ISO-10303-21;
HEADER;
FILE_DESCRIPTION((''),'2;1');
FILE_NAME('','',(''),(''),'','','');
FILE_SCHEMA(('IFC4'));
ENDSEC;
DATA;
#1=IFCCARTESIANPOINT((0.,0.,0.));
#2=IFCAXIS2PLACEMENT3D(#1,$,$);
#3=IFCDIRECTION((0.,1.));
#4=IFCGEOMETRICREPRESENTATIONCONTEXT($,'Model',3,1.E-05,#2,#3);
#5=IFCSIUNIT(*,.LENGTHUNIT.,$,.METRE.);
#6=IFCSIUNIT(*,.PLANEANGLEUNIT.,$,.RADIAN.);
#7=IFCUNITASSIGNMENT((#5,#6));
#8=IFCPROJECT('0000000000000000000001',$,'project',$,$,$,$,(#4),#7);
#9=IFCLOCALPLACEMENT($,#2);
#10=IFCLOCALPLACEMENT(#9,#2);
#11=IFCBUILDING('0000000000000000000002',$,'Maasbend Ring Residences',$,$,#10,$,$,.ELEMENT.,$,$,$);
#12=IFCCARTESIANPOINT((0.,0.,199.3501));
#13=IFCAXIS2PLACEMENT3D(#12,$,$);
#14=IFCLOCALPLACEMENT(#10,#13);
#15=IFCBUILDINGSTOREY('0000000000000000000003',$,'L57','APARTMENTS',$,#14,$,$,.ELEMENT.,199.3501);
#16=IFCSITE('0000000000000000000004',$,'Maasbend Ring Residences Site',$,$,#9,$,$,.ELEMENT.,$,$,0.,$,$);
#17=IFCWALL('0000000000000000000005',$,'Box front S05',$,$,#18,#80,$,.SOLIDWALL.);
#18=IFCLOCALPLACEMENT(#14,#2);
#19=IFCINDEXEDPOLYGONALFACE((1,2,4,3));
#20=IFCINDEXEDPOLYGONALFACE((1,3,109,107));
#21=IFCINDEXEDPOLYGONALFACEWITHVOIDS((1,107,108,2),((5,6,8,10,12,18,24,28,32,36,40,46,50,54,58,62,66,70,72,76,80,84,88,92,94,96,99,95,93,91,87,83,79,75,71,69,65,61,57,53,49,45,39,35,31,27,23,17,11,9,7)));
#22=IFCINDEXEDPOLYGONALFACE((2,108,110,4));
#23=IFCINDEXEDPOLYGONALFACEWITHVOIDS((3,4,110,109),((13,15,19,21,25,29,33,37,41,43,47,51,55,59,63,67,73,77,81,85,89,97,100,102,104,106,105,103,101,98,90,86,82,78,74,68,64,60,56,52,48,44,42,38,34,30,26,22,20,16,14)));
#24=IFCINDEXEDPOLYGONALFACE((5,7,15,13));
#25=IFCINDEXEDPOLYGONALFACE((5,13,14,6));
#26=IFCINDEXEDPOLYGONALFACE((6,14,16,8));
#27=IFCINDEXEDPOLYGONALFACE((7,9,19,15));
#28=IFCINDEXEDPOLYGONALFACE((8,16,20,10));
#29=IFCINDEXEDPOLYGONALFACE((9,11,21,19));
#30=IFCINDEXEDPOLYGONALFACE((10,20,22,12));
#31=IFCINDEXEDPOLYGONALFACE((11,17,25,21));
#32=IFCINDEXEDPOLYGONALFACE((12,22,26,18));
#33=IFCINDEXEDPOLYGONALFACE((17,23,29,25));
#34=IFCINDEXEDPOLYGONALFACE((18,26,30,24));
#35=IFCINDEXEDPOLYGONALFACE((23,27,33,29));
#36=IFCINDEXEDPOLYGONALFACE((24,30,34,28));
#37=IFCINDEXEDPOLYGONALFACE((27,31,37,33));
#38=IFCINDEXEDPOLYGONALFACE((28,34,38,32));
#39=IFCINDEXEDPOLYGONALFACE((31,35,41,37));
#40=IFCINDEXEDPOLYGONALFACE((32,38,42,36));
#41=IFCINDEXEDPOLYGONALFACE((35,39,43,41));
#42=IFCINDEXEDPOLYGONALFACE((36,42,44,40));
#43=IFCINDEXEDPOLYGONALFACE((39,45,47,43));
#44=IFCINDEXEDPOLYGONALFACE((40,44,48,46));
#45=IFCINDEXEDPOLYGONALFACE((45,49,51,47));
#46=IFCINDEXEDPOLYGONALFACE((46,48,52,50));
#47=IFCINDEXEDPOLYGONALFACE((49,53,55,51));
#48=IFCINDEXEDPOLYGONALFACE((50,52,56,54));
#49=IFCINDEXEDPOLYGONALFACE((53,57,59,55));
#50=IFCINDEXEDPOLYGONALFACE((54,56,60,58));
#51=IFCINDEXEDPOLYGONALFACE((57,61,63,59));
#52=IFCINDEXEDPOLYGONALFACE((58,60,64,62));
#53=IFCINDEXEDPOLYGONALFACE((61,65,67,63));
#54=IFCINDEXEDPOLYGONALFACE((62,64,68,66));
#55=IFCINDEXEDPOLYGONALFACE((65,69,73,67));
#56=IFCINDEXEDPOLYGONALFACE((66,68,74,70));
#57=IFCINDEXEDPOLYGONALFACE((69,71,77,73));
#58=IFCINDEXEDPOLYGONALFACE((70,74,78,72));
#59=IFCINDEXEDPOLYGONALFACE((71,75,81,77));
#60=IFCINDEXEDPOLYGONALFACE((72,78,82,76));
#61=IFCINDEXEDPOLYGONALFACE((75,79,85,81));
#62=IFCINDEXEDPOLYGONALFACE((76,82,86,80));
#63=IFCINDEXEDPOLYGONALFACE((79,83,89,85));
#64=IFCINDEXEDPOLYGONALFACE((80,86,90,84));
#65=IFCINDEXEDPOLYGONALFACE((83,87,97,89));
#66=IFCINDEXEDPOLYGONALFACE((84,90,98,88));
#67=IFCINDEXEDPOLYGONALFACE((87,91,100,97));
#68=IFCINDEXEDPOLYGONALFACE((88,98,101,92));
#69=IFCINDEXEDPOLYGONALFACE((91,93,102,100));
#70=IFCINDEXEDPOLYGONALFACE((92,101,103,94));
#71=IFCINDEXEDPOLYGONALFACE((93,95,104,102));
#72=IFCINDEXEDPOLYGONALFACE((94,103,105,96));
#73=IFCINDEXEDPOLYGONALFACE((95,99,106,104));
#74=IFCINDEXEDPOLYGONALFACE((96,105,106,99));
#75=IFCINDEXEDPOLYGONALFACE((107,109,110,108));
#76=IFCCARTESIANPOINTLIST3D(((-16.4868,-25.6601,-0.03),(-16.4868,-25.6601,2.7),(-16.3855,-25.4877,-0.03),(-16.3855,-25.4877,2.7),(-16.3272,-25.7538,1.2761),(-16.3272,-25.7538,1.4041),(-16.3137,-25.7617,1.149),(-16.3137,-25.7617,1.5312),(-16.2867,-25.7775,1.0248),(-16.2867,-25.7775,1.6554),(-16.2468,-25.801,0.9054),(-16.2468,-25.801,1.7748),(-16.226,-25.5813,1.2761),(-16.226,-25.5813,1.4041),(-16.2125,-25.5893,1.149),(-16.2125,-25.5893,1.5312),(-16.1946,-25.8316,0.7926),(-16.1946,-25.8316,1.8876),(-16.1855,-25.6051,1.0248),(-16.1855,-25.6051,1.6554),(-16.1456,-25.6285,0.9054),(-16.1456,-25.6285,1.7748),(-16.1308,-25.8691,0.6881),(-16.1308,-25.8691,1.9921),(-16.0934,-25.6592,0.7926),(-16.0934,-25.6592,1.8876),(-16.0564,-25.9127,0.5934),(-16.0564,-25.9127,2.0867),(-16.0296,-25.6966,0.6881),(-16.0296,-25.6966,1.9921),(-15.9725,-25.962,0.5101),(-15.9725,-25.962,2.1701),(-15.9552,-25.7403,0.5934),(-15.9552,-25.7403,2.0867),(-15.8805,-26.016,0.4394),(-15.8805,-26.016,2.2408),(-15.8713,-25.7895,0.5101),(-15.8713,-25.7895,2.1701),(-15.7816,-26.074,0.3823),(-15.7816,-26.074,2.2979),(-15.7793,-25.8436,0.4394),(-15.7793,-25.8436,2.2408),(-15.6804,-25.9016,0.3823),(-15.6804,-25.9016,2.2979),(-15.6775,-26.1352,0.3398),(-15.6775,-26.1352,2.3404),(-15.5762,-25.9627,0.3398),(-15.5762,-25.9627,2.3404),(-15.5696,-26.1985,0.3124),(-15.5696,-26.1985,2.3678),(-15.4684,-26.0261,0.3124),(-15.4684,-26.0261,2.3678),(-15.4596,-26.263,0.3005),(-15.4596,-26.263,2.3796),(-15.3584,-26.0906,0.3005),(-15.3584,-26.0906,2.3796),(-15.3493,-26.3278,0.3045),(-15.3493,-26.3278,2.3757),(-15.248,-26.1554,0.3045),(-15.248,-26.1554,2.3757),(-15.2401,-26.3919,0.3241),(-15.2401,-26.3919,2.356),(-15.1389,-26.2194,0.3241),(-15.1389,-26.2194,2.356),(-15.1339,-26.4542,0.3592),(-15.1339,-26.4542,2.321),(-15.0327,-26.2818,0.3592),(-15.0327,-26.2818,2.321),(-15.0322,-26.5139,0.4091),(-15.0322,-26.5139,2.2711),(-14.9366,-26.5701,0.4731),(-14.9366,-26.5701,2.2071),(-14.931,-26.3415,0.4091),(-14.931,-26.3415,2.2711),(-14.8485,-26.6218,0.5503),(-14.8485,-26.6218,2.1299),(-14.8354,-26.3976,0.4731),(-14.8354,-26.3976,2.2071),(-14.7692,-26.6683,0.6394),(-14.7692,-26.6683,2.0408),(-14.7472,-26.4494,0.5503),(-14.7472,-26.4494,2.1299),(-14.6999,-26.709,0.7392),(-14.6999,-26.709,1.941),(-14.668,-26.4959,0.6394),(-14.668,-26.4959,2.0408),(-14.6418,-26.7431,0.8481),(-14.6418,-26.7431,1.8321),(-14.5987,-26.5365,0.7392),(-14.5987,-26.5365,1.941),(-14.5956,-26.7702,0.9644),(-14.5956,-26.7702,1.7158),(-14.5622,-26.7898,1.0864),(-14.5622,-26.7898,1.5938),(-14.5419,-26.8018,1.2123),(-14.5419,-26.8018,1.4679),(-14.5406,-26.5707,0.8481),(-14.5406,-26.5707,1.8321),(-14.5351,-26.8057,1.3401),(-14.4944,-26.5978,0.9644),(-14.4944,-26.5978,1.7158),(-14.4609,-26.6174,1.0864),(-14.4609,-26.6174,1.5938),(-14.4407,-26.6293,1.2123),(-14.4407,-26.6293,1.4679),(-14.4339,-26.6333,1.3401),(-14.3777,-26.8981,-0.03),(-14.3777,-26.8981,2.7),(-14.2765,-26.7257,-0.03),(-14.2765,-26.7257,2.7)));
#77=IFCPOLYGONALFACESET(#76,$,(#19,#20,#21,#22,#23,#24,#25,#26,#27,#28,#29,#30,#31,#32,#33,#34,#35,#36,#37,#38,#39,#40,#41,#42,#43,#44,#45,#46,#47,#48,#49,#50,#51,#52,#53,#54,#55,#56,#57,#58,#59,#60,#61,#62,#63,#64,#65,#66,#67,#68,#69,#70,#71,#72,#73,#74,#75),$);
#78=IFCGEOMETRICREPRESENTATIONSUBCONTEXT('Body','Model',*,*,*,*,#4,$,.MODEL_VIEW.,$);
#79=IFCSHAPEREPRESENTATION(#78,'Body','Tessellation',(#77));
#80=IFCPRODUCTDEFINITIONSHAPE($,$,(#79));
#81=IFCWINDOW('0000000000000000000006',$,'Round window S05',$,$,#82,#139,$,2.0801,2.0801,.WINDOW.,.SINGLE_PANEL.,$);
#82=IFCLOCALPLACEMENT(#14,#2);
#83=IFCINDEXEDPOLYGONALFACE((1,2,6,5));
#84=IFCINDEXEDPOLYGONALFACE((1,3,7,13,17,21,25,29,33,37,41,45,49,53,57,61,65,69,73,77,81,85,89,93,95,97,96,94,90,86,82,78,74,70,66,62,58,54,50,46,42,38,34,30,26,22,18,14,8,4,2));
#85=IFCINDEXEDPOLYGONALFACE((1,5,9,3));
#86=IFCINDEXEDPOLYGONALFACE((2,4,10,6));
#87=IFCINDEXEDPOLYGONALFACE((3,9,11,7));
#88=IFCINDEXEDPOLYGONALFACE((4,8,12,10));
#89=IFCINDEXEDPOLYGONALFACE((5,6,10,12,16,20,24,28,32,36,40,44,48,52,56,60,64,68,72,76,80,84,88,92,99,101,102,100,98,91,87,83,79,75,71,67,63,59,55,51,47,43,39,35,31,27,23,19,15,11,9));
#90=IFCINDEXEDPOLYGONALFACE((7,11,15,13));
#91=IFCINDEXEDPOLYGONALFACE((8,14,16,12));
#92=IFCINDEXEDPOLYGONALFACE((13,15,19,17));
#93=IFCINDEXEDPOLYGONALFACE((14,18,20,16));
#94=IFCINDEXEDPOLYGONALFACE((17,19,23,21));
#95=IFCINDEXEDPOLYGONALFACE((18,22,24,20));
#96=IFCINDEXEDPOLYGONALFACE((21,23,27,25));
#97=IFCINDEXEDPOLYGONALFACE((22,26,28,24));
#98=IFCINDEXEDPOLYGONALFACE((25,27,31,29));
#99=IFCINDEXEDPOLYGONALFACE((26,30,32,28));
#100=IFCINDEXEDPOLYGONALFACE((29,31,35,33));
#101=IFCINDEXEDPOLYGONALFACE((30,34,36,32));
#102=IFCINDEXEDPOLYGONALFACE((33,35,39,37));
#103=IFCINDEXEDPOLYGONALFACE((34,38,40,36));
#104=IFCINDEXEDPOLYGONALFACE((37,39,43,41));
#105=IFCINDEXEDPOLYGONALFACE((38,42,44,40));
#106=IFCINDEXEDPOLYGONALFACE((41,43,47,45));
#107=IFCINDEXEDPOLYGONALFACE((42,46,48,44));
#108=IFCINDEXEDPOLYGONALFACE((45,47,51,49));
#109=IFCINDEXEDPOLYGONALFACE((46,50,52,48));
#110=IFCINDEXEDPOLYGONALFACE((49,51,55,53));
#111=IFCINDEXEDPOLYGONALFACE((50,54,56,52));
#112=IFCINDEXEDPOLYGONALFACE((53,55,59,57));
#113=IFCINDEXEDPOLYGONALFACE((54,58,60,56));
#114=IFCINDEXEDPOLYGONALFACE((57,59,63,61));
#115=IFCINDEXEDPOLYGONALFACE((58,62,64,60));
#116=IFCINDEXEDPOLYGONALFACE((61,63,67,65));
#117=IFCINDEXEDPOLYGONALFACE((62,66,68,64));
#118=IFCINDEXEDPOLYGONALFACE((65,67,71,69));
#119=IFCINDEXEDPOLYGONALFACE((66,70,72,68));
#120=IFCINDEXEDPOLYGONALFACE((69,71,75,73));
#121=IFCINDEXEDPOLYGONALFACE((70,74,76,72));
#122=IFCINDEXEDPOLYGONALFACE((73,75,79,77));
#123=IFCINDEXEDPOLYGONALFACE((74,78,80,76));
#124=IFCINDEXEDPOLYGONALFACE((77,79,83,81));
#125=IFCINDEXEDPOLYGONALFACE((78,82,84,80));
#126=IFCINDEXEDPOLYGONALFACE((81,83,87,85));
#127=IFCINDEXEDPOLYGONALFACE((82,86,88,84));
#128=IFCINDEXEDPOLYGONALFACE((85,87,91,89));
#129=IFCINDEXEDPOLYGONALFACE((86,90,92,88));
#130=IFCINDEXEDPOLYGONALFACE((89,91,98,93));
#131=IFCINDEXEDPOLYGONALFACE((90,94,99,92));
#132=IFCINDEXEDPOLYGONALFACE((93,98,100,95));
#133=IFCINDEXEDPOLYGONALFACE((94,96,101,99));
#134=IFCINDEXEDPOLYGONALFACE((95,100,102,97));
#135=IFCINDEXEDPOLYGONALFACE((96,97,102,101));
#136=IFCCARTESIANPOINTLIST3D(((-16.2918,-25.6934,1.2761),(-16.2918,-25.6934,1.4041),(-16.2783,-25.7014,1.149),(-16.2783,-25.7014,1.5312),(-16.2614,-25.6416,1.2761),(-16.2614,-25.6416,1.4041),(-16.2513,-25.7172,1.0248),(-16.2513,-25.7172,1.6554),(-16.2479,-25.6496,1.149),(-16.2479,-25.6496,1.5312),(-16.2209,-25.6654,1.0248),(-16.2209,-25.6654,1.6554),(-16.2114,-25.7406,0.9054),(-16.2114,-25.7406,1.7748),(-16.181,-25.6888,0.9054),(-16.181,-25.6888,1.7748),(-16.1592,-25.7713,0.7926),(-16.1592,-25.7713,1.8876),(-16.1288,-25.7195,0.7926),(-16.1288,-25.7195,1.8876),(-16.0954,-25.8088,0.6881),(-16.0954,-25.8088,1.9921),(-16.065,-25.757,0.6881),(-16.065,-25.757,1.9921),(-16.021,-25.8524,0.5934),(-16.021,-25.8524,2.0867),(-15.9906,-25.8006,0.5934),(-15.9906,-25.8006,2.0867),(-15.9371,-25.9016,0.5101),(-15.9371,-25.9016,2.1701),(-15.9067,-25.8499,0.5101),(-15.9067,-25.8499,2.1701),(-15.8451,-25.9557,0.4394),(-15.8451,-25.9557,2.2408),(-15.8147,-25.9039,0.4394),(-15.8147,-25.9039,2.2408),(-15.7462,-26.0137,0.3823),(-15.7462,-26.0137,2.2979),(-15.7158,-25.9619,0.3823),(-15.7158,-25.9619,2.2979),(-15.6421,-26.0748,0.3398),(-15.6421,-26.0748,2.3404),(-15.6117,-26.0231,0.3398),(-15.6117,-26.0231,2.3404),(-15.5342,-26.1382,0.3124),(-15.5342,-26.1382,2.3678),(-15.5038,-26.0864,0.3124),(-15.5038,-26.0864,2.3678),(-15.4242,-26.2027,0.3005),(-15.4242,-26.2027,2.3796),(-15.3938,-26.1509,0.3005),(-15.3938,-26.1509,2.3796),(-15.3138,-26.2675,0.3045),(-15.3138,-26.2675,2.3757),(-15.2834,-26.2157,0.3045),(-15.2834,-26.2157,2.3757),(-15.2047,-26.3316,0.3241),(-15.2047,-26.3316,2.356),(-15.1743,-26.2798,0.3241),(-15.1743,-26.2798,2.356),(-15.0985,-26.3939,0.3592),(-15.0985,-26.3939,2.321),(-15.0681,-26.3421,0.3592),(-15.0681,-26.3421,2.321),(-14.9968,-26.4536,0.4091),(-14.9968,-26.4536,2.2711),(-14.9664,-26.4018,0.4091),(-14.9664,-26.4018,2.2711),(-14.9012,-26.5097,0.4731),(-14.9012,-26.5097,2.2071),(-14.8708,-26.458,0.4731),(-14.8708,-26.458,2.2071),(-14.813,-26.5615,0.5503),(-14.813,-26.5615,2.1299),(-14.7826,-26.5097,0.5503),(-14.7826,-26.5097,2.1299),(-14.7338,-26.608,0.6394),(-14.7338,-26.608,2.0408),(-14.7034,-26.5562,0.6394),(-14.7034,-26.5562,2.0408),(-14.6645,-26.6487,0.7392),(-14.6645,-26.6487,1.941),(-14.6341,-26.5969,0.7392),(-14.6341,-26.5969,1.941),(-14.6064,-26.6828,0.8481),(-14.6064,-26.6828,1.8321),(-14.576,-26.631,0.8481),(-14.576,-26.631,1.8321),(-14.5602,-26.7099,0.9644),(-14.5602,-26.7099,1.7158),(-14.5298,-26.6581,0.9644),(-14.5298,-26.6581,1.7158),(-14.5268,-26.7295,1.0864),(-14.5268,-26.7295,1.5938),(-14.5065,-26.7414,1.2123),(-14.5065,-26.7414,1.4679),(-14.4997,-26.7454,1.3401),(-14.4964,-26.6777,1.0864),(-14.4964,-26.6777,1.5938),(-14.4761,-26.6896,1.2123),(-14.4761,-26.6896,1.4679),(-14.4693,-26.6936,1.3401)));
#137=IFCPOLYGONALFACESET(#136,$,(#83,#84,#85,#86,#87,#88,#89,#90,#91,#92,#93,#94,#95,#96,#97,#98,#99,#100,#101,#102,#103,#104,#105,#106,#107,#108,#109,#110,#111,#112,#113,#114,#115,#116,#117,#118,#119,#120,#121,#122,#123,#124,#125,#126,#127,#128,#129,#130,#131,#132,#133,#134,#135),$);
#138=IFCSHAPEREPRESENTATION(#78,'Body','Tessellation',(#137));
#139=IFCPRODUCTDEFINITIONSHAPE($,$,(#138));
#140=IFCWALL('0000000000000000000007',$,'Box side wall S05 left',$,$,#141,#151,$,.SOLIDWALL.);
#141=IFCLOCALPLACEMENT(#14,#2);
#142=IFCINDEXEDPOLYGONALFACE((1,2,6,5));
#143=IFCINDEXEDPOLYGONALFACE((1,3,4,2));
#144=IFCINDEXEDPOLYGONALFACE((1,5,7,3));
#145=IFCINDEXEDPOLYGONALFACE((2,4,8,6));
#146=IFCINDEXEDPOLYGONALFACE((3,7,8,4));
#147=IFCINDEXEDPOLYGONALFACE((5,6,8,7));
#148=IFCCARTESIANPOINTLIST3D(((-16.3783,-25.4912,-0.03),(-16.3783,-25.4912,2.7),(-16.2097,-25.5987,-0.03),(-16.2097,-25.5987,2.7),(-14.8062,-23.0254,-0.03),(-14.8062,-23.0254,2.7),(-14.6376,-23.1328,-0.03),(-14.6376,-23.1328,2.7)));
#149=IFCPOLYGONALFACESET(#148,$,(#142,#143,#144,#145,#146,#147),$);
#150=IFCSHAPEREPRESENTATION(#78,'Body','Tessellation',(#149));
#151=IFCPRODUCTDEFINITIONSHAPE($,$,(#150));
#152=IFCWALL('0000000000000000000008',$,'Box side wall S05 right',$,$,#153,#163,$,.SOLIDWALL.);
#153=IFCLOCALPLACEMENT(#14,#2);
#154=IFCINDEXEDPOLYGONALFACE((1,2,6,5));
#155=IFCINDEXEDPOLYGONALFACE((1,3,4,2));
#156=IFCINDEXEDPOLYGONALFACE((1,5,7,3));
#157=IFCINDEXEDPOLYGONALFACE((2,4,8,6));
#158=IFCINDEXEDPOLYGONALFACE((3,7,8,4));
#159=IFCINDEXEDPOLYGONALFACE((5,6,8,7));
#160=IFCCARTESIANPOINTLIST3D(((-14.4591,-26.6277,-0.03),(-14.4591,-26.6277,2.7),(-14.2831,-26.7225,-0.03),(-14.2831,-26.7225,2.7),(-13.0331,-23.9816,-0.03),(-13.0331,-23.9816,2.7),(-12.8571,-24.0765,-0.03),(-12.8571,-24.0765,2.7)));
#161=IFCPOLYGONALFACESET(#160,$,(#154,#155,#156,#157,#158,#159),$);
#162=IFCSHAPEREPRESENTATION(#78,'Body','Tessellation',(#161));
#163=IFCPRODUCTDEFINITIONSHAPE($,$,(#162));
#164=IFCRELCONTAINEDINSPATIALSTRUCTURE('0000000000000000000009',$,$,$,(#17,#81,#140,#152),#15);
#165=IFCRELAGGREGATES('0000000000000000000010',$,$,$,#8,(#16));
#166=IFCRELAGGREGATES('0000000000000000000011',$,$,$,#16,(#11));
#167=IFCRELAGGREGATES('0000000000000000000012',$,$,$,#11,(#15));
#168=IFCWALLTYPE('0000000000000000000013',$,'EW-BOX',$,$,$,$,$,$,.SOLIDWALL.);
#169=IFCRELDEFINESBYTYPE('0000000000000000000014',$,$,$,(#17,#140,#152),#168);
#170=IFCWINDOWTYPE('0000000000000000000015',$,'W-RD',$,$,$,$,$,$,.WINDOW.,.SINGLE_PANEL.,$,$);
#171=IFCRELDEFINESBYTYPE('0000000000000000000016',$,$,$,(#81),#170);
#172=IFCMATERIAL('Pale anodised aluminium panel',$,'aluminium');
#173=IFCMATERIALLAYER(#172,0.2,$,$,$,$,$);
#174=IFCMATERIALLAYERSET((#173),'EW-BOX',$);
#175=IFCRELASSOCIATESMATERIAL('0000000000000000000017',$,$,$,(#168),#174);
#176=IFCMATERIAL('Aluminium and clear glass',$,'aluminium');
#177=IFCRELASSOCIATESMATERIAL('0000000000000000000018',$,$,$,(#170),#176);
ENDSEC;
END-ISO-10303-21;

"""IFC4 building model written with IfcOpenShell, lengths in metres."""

from ifc_helpers import new_model, si_unit, direction, frame, frame_2d, origin, place, context, subcontext, project, spatial, rectangle, circle, extrude, material, layer, layer_set, type_object, element, fill, save


model = new_model("IFC4")

# Units and contexts
model_context = context("Model", 3, precision=1e-05, world=origin(), true_north=direction((0.0, 1.0)))
body_context = subcontext(model_context, "Body", "Model", "MODEL_VIEW")
ifc_project = project(units=[si_unit("LENGTHUNIT", "METRE"), si_unit("PLANEANGLEUNIT", "RADIAN")], contexts=[model_context])

# Site, building, storey
site_placement = place(None, origin())
site = spatial("IfcSite", under=ifc_project, at=site_placement, Name="Maasbend Ring Residences Site", CompositionType="ELEMENT", RefElevation=0.0)
building_placement = place(site_placement, origin())
building = spatial("IfcBuilding", under=site, at=building_placement, Name="Maasbend Ring Residences", CompositionType="ELEMENT")
storey_placement = place(building_placement, frame((0.0, 0.0, 199.3501)))
storey = spatial("IfcBuildingStorey", under=building, at=storey_placement, Name="L57", Description="APARTMENTS", CompositionType="ELEMENT", Elevation=199.3501)

# Shared definitions
ifc_material_1 = material(Name="Pale anodised aluminium panel", Category="aluminium")
ifc_layer_1 = layer(ifc_material_1, 0.2)
ifc_layer_set_1 = layer_set([ifc_layer_1], Name="EW-BOX")
wall_type_1 = type_object("IfcWallType", Name="EW-BOX", PredefinedType="SOLIDWALL", material=ifc_layer_set_1)

# Wall, opening, window
wall_1_placement = place(storey_placement, frame((-16.436, -25.574, -0.03), z_axis=(0.0, 0.0, 1.0), x_axis=(0.862403, -0.506222, 0.0)))
wall_1 = element("IfcWall", 1, at=wall_1_placement, inside=storey, type_object=wall_type_1, Name="Box front S05", PredefinedType="SOLIDWALL", context=body_context, shape_type="SweptSolid", body=[
    extrude(rectangle(XDim=2.4456, YDim=0.2, at=frame_2d((1.2227, 0.0))), origin(), (0.0, 0.0, 1.0), 2.73),
])
opening_1_placement = place(wall_1_placement, frame((0.1829, 0.0, 0.3301)))
opening_1 = element("IfcOpeningElement", 2, at=opening_1_placement, cuts=wall_1, PredefinedType="OPENING", context=body_context, shape_type="SweptSolid", body=[
    extrude(circle(Radius=1.04, at=frame_2d((1.04, 1.04))), frame((0.0, 0.1099, 0.0), z_axis=(0.0, -1.0, 0.0), x_axis=(1.0, 0.0, 0.0)), (0.0, 0.0, 1.0), 0.22),
])
ifc_material_2 = material(Name="Aluminium and clear glass", Category="aluminium")
window_type_1 = type_object("IfcWindowType", Name="W-RD", PartitioningType="SINGLE_PANEL", PredefinedType="WINDOW", material=ifc_material_2)
window_1_placement = place(opening_1_placement, origin())
window_1 = element("IfcWindow", 3, at=window_1_placement, inside=storey, type_object=window_type_1, Name="Round window S05", OverallHeight=2.0801, OverallWidth=2.0801, PartitioningType="SINGLE_PANEL", PredefinedType="WINDOW", context=body_context, shape_type="SweptSolid", body=[
    extrude(circle(Radius=1.04, at=frame_2d((1.04, 1.04))), frame((0.0, 0.03, 0.0), z_axis=(0.0, -1.0, 0.0), x_axis=(1.0, 0.0, 0.0)), (0.0, 0.0, 1.0), 0.0601),
])
fill(opening_1, window_1)

# Walls
wall_2_placement = place(storey_placement, frame((-14.7219, -23.0791, -0.03), z_axis=(0.0, 0.0, 1.0), x_axis=(-0.537572, -0.843218, 0.0)))
element("IfcWall", 4, at=wall_2_placement, inside=storey, type_object=wall_type_1, Name="Box side wall S05 left", PredefinedType="SOLIDWALL", context=body_context, shape_type="SweptSolid", body=[
    extrude(rectangle(XDim=2.9243, YDim=0.2, at=frame_2d((1.4622, 0.0))), origin(), (0.0, 0.0, 1.0), 2.73),
])
wall_3_placement = place(storey_placement, frame((-12.9451, -24.0291, -0.03), z_axis=(0.0, 0.0, 1.0), x_axis=(-0.474424, -0.880296, 0.0)))
element("IfcWall", 5, at=wall_3_placement, inside=storey, type_object=wall_type_1, Name="Box side wall S05 right", PredefinedType="SOLIDWALL", context=body_context, shape_type="SweptSolid", body=[
    extrude(rectangle(XDim=3.0059, YDim=0.2, at=frame_2d((1.5029, 0.0))), origin(), (0.0, 0.0, 1.0), 2.73),
])

save(model, "model.ifc")
